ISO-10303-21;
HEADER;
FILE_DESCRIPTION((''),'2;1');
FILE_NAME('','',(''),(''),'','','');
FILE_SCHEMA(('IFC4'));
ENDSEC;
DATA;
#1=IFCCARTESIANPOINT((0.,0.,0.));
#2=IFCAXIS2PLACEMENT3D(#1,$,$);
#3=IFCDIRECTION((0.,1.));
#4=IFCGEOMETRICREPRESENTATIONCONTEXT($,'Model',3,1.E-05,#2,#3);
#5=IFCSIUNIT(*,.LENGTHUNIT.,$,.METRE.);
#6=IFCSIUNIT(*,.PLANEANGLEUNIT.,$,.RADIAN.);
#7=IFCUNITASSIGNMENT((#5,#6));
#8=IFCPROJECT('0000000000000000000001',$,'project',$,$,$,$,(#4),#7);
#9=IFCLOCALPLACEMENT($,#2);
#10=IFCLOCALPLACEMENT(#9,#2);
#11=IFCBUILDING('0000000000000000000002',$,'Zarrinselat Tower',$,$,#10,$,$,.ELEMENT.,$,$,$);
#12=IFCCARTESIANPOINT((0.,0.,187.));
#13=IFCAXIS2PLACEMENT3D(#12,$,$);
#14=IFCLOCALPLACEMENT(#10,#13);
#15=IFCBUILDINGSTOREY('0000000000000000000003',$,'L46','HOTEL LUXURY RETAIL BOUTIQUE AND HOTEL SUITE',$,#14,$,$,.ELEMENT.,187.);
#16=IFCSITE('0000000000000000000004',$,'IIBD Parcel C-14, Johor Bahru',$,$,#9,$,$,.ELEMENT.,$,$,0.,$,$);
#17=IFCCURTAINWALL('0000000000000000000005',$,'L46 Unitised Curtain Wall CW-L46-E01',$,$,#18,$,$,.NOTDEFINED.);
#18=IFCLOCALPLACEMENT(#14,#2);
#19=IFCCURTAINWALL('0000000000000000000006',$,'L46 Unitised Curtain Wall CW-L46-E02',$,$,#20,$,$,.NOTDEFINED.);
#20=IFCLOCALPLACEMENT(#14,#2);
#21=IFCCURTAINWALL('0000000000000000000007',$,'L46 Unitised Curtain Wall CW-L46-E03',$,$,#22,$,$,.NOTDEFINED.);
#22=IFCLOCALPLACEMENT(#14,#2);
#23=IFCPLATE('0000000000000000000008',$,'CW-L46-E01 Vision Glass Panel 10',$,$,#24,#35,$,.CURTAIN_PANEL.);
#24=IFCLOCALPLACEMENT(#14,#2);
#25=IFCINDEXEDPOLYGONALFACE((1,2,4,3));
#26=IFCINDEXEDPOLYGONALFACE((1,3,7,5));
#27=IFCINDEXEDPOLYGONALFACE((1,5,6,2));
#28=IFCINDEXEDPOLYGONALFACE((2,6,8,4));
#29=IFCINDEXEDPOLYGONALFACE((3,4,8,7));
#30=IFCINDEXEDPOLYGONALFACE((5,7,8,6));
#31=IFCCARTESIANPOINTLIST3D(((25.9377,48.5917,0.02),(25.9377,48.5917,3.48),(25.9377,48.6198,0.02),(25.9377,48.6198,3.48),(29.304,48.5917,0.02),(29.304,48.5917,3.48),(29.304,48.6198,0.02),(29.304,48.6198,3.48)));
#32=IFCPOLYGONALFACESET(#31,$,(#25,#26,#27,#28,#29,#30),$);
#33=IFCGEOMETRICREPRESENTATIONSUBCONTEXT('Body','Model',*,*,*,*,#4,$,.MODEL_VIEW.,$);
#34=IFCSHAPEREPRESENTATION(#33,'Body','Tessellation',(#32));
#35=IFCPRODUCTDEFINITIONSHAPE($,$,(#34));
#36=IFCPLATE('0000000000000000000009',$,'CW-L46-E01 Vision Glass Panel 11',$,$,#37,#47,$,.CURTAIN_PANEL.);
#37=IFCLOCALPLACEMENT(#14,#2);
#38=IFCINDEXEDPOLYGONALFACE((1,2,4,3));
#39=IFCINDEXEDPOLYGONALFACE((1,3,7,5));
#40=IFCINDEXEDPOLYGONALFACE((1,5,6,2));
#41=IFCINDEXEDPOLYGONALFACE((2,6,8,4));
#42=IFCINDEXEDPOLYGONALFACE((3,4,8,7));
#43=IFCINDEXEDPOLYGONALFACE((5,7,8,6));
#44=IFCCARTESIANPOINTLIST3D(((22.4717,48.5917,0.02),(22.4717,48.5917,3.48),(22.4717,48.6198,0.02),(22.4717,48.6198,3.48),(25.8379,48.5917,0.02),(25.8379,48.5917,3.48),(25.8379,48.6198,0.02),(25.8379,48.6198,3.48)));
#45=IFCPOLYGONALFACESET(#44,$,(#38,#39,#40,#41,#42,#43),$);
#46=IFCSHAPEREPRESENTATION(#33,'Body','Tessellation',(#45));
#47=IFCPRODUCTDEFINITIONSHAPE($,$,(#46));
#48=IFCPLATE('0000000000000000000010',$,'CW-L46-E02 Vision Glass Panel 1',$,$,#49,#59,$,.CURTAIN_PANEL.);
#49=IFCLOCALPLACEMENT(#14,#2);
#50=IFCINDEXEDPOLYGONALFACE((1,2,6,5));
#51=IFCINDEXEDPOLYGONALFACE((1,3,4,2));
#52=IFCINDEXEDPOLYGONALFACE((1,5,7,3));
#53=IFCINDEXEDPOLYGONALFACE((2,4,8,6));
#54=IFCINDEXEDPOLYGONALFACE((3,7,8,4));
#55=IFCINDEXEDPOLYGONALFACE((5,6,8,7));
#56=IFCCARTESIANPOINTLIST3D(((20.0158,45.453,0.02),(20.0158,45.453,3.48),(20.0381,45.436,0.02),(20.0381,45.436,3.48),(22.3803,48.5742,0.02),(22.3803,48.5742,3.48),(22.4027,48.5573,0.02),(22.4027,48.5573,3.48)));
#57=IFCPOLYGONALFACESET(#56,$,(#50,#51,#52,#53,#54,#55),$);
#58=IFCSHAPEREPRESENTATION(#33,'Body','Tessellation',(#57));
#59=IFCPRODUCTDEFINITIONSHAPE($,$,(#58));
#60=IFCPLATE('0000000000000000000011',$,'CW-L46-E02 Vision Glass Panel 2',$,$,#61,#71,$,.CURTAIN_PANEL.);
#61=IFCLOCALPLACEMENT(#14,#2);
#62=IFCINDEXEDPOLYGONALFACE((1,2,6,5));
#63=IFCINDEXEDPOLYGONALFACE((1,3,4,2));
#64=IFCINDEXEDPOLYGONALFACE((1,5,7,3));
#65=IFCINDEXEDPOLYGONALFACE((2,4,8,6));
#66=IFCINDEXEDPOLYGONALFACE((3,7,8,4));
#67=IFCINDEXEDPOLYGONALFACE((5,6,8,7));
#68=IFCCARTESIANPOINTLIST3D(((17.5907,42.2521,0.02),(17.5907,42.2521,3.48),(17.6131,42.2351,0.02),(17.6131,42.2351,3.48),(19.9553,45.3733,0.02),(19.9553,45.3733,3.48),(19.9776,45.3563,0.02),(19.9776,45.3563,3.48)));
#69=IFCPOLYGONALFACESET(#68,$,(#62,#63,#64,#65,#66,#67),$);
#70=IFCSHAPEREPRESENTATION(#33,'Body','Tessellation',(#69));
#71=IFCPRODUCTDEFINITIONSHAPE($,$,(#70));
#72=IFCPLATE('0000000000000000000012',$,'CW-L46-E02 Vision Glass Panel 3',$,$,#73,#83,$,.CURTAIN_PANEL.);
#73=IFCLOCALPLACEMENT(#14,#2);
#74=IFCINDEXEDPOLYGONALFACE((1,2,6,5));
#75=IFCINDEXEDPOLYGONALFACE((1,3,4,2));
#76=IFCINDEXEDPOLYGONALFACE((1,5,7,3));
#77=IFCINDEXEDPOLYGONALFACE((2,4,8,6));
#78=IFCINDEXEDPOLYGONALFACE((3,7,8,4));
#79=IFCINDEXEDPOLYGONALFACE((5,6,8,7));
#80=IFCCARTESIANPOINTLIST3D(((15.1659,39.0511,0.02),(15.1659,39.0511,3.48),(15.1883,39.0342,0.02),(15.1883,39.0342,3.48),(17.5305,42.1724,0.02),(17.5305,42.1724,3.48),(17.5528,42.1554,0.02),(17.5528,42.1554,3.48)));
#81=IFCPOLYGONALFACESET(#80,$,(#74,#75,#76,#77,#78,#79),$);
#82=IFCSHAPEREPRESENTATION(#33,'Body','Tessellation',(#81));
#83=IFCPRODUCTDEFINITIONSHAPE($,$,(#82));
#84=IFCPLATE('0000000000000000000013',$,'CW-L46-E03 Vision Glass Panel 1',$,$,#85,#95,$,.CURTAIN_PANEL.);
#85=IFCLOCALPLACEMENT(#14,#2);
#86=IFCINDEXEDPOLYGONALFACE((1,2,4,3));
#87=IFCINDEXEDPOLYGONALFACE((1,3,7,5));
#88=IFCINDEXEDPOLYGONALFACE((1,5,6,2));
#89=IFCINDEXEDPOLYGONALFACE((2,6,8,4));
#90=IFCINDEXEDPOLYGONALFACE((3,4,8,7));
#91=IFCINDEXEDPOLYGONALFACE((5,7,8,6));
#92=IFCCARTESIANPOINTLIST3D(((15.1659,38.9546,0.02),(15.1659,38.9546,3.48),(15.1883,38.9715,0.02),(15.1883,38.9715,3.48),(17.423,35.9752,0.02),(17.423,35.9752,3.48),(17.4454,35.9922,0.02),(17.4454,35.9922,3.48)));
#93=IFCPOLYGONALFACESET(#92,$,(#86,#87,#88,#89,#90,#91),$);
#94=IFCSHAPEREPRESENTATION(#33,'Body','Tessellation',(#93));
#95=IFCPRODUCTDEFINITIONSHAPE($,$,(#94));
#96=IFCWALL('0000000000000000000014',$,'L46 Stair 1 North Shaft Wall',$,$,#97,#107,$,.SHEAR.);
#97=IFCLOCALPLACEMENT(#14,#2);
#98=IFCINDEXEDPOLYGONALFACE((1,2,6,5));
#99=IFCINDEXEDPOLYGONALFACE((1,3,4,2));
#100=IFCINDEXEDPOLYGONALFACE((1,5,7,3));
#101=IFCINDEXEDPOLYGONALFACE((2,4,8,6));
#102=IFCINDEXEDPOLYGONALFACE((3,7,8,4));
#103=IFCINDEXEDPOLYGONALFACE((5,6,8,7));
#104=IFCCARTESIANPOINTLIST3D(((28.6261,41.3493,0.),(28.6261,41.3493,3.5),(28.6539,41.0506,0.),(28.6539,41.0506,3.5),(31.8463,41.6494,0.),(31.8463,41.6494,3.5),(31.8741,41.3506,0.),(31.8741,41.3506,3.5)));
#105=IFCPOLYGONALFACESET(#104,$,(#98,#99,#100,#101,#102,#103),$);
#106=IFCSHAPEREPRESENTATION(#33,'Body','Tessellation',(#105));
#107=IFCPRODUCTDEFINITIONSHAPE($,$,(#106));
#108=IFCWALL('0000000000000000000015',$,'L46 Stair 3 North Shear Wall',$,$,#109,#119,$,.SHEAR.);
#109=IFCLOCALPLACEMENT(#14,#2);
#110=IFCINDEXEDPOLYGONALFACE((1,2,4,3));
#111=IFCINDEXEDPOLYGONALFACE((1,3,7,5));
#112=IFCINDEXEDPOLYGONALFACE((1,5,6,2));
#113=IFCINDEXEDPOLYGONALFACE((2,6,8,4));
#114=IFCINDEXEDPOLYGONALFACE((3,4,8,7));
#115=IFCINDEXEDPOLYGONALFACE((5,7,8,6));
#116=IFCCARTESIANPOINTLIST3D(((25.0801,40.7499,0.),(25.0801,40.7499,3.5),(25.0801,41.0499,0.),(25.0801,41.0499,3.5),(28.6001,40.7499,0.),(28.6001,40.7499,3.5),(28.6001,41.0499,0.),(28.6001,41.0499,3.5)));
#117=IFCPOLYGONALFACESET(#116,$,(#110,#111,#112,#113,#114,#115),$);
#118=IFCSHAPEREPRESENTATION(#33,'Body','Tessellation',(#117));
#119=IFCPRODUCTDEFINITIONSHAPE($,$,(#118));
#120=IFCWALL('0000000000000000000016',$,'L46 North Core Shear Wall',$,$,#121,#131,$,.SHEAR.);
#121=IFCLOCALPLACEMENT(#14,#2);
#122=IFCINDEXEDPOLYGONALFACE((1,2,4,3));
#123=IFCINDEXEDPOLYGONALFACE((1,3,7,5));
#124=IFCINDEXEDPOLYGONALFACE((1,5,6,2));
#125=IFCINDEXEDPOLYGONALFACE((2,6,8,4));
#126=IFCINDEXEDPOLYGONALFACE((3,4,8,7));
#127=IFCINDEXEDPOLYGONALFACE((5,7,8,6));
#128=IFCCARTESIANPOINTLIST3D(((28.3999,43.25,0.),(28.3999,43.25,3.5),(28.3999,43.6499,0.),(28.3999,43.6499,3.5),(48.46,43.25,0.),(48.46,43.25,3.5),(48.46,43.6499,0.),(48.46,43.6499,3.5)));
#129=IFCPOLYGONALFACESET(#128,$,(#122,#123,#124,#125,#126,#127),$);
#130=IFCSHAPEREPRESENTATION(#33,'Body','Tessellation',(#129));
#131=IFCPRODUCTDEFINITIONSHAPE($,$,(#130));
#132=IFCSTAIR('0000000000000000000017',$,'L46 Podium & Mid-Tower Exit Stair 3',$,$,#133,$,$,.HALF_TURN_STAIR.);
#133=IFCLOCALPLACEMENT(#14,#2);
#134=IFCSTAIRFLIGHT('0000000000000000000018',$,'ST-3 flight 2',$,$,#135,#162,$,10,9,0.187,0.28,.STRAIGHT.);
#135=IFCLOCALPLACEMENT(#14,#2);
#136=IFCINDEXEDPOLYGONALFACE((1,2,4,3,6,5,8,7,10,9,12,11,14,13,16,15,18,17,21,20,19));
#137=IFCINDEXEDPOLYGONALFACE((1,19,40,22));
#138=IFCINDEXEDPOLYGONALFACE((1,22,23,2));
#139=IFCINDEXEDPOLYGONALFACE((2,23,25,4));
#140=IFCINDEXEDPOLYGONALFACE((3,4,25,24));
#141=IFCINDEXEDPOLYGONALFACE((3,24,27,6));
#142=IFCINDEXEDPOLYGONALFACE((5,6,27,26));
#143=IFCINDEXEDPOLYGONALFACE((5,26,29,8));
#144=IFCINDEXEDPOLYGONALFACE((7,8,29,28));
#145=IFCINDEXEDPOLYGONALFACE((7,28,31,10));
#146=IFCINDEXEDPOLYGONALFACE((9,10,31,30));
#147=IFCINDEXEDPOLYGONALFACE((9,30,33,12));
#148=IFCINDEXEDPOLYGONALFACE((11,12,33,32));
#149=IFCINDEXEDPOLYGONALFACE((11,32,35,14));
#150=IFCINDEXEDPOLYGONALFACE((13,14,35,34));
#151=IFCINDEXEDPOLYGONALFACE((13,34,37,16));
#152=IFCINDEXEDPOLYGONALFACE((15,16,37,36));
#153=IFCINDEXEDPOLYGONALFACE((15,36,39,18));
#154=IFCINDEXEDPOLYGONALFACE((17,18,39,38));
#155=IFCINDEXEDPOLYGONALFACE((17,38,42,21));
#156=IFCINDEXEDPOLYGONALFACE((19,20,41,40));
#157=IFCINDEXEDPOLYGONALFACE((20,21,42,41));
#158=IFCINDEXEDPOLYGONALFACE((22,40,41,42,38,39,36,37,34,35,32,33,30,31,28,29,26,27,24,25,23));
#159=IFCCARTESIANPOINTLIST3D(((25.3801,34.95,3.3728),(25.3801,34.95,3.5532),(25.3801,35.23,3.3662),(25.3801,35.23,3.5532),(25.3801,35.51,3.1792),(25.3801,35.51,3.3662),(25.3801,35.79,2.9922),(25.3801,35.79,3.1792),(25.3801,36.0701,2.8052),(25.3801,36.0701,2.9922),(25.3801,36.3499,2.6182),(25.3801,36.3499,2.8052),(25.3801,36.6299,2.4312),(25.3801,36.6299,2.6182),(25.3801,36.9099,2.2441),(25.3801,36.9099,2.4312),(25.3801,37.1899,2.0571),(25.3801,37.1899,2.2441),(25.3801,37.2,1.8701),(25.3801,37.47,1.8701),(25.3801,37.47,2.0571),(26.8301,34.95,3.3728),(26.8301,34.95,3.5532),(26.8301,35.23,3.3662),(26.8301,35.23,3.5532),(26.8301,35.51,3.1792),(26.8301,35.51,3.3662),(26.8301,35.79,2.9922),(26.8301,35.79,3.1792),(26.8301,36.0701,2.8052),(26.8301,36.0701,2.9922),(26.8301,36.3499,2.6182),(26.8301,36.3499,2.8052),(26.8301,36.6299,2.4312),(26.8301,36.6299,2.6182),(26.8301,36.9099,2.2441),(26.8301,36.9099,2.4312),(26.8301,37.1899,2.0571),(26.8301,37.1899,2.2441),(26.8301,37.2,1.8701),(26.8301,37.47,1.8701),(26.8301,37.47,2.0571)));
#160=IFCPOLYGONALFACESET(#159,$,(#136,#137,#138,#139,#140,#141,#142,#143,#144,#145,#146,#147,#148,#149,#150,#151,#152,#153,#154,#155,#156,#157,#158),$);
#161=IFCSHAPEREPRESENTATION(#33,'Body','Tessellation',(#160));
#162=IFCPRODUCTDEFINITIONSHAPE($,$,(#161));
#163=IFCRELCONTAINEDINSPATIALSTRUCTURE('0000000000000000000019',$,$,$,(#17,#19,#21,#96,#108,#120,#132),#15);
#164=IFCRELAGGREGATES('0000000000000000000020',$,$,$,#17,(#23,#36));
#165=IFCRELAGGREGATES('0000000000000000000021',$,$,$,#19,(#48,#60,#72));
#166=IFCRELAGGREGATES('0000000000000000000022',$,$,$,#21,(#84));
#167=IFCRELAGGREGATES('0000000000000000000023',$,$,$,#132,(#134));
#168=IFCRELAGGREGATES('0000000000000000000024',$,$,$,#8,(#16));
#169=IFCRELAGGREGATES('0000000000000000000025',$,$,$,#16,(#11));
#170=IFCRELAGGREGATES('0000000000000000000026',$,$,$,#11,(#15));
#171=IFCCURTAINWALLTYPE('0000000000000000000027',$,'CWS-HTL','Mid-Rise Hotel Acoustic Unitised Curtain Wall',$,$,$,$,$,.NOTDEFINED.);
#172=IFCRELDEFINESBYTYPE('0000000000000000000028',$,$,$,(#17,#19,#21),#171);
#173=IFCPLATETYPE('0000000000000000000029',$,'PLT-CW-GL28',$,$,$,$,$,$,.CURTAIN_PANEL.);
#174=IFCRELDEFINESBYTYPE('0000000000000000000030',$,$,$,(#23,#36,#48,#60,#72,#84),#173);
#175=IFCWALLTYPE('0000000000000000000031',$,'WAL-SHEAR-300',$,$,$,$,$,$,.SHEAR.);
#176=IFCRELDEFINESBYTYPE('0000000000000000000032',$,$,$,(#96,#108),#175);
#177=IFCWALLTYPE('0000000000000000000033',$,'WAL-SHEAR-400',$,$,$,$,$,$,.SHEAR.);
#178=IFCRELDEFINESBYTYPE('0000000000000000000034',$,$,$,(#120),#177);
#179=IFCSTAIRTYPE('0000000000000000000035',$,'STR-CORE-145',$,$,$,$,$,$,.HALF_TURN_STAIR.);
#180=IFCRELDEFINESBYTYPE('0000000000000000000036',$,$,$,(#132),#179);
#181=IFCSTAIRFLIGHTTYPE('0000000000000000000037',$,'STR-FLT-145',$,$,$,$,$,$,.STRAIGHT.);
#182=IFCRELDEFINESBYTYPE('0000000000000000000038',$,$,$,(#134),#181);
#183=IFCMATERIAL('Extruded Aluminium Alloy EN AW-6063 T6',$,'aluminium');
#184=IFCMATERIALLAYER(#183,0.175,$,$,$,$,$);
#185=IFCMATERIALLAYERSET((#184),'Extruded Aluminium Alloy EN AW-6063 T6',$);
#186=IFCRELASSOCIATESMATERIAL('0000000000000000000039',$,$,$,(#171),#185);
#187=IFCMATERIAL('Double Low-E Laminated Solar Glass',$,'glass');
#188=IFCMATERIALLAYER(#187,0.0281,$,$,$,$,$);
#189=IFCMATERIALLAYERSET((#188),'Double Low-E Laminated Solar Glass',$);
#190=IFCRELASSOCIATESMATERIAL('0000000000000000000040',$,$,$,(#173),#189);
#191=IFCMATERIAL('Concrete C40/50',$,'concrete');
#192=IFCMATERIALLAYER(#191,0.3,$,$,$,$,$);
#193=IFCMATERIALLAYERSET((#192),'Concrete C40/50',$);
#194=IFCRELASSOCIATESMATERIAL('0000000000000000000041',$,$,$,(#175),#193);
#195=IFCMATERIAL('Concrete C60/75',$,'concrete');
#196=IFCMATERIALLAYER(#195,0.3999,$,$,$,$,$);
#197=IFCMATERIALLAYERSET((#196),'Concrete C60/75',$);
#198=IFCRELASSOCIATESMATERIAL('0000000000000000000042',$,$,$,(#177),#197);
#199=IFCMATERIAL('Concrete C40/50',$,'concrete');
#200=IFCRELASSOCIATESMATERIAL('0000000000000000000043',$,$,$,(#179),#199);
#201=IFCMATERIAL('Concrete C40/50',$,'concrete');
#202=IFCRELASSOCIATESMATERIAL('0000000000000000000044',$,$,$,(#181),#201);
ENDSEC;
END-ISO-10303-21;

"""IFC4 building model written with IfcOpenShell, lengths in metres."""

from ifc_helpers import new_model, si_unit, direction, frame, frame_2d, origin, origin_2d, place, context, subcontext, project, spatial, polyline, rectangle, outline, extrude, material, layer, layer_set, type_object, element, aggregate, save


model = new_model("IFC4")

# Units and contexts
model_context = context("Model", 3, precision=1e-05, world=origin(), true_north=direction((0.0, 1.0)))
body_context = subcontext(model_context, "Body", "Model", "MODEL_VIEW")
ifc_project = project(units=[si_unit("LENGTHUNIT", "METRE"), si_unit("PLANEANGLEUNIT", "RADIAN")], contexts=[model_context])

# Site, building, storey
site_placement = place(None, origin())
site = spatial("IfcSite", under=ifc_project, at=site_placement, Name="IIBD Parcel C-14, Johor Bahru", CompositionType="ELEMENT", RefElevation=0.0)
building_placement = place(site_placement, origin())
building = spatial("IfcBuilding", under=site, at=building_placement, Name="Zarrinselat Tower", CompositionType="ELEMENT")
storey_placement = place(building_placement, frame((0.0, 0.0, 187.0)))
storey = spatial("IfcBuildingStorey", under=building, at=storey_placement, Name="L46", Description="HOTEL LUXURY RETAIL BOUTIQUE AND HOTEL SUITE", CompositionType="ELEMENT", Elevation=187.0)

# Curtain walls
ifc_material_1 = material(Name="Extruded Aluminium Alloy EN AW-6063 T6", Category="aluminium")
ifc_layer_1 = layer(ifc_material_1, 0.175)
ifc_layer_set_1 = layer_set([ifc_layer_1], Name="Extruded Aluminium Alloy EN AW-6063 T6")
curtain_wall_type = type_object("IfcCurtainWallType", Name="CWS-HTL", Description="Mid-Rise Hotel Acoustic Unitised Curtain Wall", PredefinedType="NOTDEFINED", material=ifc_layer_set_1)
curtain_wall_1_placement = place(storey_placement, origin())
curtain_wall_1 = element("IfcCurtainWall", 1, at=curtain_wall_1_placement, inside=storey, type_object=curtain_wall_type, Name="L46 Unitised Curtain Wall CW-L46-E01", PredefinedType="NOTDEFINED")
curtain_wall_2_placement = place(storey_placement, origin())
curtain_wall_2 = element("IfcCurtainWall", 2, at=curtain_wall_2_placement, inside=storey, type_object=curtain_wall_type, Name="L46 Unitised Curtain Wall CW-L46-E02", PredefinedType="NOTDEFINED")

# Curtain wall
curtain_wall_3_placement = place(storey_placement, origin())
curtain_wall_3 = element("IfcCurtainWall", 3, at=curtain_wall_3_placement, inside=storey, type_object=curtain_wall_type, Name="L46 Unitised Curtain Wall CW-L46-E03", PredefinedType="NOTDEFINED")

# Plates
ifc_material_2 = material(Name="Double Low-E Laminated Solar Glass", Category="glass")
ifc_layer_2 = layer(ifc_material_2, 0.0281)
ifc_layer_set_2 = layer_set([ifc_layer_2], Name="Double Low-E Laminated Solar Glass")
plate_type = type_object("IfcPlateType", Name="PLT-CW-GL28", PredefinedType="CURTAIN_PANEL", material=ifc_layer_set_2)
plate_1_placement = place(storey_placement, frame((27.6208, 48.6057, 0.02), z_axis=(0.0, 0.0, 1.0), x_axis=(-1.0, 0.0, 0.0)))
plate_1 = element("IfcPlate", 4, at=plate_1_placement, type_object=plate_type, Name="CW-L46-E01 Vision Glass Panel 10", PredefinedType="CURTAIN_PANEL", context=body_context, shape_type="SweptSolid", body=[
    extrude(rectangle(XDim=3.3662, YDim=0.0281, at=origin_2d()), origin(), (0.0, 0.0, 1.0), 3.46),
])
plate_2_placement = place(storey_placement, frame((24.1548, 48.6057, 0.02), z_axis=(0.0, 0.0, 1.0), x_axis=(-1.0, 0.0, 0.0)))
plate_2 = element("IfcPlate", 5, at=plate_2_placement, type_object=plate_type, Name="CW-L46-E01 Vision Glass Panel 11", PredefinedType="CURTAIN_PANEL", context=body_context, shape_type="SweptSolid", body=[
    extrude(rectangle(XDim=3.3662, YDim=0.0281, at=origin_2d()), origin(), (0.0, 0.0, 1.0), 3.46),
])
aggregate(curtain_wall_1, [plate_1, plate_2])
plate_3_placement = place(storey_placement, frame((21.2092, 47.0051, 0.02), z_axis=(0.0, 0.0, 1.0), x_axis=(-0.603854, -0.797095, 0.0)))
plate_3 = element("IfcPlate", 6, at=plate_3_placement, type_object=plate_type, Name="CW-L46-E02 Vision Glass Panel 1", PredefinedType="CURTAIN_PANEL", context=body_context, shape_type="SweptSolid", body=[
    extrude(rectangle(XDim=3.9158, YDim=0.0281, at=origin_2d()), origin(), (0.0, 0.0, 1.0), 3.46),
])
plate_4_placement = place(storey_placement, frame((18.7842, 43.8042, 0.02), z_axis=(0.0, 0.0, 1.0), x_axis=(-0.603854, -0.797095, 0.0)))
plate_4 = element("IfcPlate", 7, at=plate_4_placement, type_object=plate_type, Name="CW-L46-E02 Vision Glass Panel 2", PredefinedType="CURTAIN_PANEL", context=body_context, shape_type="SweptSolid", body=[
    extrude(rectangle(XDim=3.9158, YDim=0.0281, at=origin_2d()), origin(), (0.0, 0.0, 1.0), 3.46),
])
plate_5_placement = place(storey_placement, frame((16.3594, 40.6033, 0.02), z_axis=(0.0, 0.0, 1.0), x_axis=(-0.603854, -0.797095, 0.0)))
plate_5 = element("IfcPlate", 8, at=plate_5_placement, type_object=plate_type, Name="CW-L46-E02 Vision Glass Panel 3", PredefinedType="CURTAIN_PANEL", context=body_context, shape_type="SweptSolid", body=[
    extrude(rectangle(XDim=3.9158, YDim=0.0281, at=origin_2d()), origin(), (0.0, 0.0, 1.0), 3.46),
])
aggregate(curtain_wall_2, [plate_3, plate_4, plate_5])
plate_6_placement = place(storey_placement, frame((16.3057, 37.4734, 0.02), z_axis=(0.0, 0.0, 1.0), x_axis=(0.603857, -0.797093, 0.0)))
plate_6 = element("IfcPlate", 9, at=plate_6_placement, type_object=plate_type, Name="CW-L46-E03 Vision Glass Panel 1", PredefinedType="CURTAIN_PANEL", context=body_context, shape_type="SweptSolid", body=[
    extrude(rectangle(XDim=3.7378, YDim=0.0281, at=origin_2d()), origin(), (0.0, 0.0, 1.0), 3.46),
])
aggregate(curtain_wall_3, [plate_6])

# Walls
ifc_material_3 = material(Name="Concrete C40/50", Category="concrete")
ifc_layer_3 = layer(ifc_material_3, 0.3)
ifc_layer_set_3 = layer_set([ifc_layer_3], Name="Concrete C40/50")
wall_type_1 = type_object("IfcWallType", Name="WAL-SHEAR-300", PredefinedType="SHEAR", material=ifc_layer_set_3)
wall_1_placement = place(storey_placement, frame((28.6399, 41.2, 0.0), z_axis=(0.0, 0.0, 1.0), x_axis=(0.995687, 0.092775, 0.0)))
element("IfcWall", 10, at=wall_1_placement, inside=storey, type_object=wall_type_1, Name="L46 Stair 1 North Shaft Wall", PredefinedType="SHEAR", context=body_context, shape_type="SweptSolid", body=[
    extrude(rectangle(XDim=3.2341, YDim=0.3, at=frame_2d((1.6172, 0.0))), origin(), (0.0, 0.0, 1.0), 3.5),
])
wall_2_placement = place(storey_placement, frame((25.0801, 40.8999, 0.0), z_axis=(0.0, 0.0, 1.0), x_axis=(1.0, 0.0, 0.0)))
element("IfcWall", 11, at=wall_2_placement, inside=storey, type_object=wall_type_1, Name="L46 Stair 3 North Shear Wall", PredefinedType="SHEAR", context=body_context, shape_type="SweptSolid", body=[
    extrude(rectangle(XDim=3.52, YDim=0.3, at=frame_2d((1.76, 0.0))), origin(), (0.0, 0.0, 1.0), 3.5),
])
ifc_material_4 = material(Name="Concrete C60/75", Category="concrete")
ifc_layer_4 = layer(ifc_material_4, 0.3999)
ifc_layer_set_4 = layer_set([ifc_layer_4], Name="Concrete C60/75")
wall_type_2 = type_object("IfcWallType", Name="WAL-SHEAR-400", PredefinedType="SHEAR", material=ifc_layer_set_4)
wall_3_placement = place(storey_placement, frame((28.3999, 43.45, 0.0), z_axis=(0.0, 0.0, 1.0), x_axis=(1.0, 0.0, 0.0)))
element("IfcWall", 12, at=wall_3_placement, inside=storey, type_object=wall_type_2, Name="L46 North Core Shear Wall", PredefinedType="SHEAR", context=body_context, shape_type="SweptSolid", body=[
    extrude(rectangle(XDim=20.0601, YDim=0.3999, at=frame_2d((10.03, 0.0))), origin(), (0.0, 0.0, 1.0), 3.5),
])

# Stair, stair flight
ifc_material_5 = material(Name="Concrete C40/50", Category="concrete")
stair_type = type_object("IfcStairType", Name="STR-CORE-145", PredefinedType="HALF_TURN_STAIR", material=ifc_material_5)
stair_placement = place(storey_placement, origin())
stair = element("IfcStair", 13, at=stair_placement, inside=storey, type_object=stair_type, Name="L46 Podium & Mid-Tower Exit Stair 3", PredefinedType="HALF_TURN_STAIR")
ifc_material_6 = material(Name="Concrete C40/50", Category="concrete")
stair_flight_type = type_object("IfcStairFlightType", Name="STR-FLT-145", PredefinedType="STRAIGHT", material=ifc_material_6)
stair_flight_placement = place(storey_placement, frame((26.105, 37.47, 1.8701), z_axis=(0.0, 0.0, 1.0), x_axis=(0.0, -1.0, 0.0)))
stair_flight = element("IfcStairFlight", 14, at=stair_flight_placement, type_object=stair_flight_type, Name="ST-3 flight 2", NumberOfRisers=10, NumberOfTreads=9, PredefinedType="STRAIGHT", RiserHeight=0.187, TreadLength=0.28, context=body_context, shape_type="SweptSolid", body=[
    extrude(outline(polyline([(0.0, 0.0), (0.0, 0.187), (0.28, 0.187), (0.28, 0.374), (0.5601, 0.374), (0.5601, 0.561), (0.8401, 0.561), (0.8401, 0.748), (1.1201, 0.748), (1.1201, 0.9351), (1.3999, 0.9351), (1.3999, 1.1221), (1.6799, 1.1221), (1.6799, 1.3091), (1.96, 1.3091), (1.96, 1.4961), (2.24, 1.4961), (2.24, 1.6831), (2.52, 1.6831), (2.52, 1.8701), (2.52, 1.5027), (0.27, 0.0), (0.0, 0.0)])), frame((0.0, 0.7251, 0.0), z_axis=(0.0, -1.0, 0.0), x_axis=(1.0, 0.0, 0.0)), (0.0, 0.0, 1.0), 1.45),
])
aggregate(stair, [stair_flight])

save(model, "model.ifc")
